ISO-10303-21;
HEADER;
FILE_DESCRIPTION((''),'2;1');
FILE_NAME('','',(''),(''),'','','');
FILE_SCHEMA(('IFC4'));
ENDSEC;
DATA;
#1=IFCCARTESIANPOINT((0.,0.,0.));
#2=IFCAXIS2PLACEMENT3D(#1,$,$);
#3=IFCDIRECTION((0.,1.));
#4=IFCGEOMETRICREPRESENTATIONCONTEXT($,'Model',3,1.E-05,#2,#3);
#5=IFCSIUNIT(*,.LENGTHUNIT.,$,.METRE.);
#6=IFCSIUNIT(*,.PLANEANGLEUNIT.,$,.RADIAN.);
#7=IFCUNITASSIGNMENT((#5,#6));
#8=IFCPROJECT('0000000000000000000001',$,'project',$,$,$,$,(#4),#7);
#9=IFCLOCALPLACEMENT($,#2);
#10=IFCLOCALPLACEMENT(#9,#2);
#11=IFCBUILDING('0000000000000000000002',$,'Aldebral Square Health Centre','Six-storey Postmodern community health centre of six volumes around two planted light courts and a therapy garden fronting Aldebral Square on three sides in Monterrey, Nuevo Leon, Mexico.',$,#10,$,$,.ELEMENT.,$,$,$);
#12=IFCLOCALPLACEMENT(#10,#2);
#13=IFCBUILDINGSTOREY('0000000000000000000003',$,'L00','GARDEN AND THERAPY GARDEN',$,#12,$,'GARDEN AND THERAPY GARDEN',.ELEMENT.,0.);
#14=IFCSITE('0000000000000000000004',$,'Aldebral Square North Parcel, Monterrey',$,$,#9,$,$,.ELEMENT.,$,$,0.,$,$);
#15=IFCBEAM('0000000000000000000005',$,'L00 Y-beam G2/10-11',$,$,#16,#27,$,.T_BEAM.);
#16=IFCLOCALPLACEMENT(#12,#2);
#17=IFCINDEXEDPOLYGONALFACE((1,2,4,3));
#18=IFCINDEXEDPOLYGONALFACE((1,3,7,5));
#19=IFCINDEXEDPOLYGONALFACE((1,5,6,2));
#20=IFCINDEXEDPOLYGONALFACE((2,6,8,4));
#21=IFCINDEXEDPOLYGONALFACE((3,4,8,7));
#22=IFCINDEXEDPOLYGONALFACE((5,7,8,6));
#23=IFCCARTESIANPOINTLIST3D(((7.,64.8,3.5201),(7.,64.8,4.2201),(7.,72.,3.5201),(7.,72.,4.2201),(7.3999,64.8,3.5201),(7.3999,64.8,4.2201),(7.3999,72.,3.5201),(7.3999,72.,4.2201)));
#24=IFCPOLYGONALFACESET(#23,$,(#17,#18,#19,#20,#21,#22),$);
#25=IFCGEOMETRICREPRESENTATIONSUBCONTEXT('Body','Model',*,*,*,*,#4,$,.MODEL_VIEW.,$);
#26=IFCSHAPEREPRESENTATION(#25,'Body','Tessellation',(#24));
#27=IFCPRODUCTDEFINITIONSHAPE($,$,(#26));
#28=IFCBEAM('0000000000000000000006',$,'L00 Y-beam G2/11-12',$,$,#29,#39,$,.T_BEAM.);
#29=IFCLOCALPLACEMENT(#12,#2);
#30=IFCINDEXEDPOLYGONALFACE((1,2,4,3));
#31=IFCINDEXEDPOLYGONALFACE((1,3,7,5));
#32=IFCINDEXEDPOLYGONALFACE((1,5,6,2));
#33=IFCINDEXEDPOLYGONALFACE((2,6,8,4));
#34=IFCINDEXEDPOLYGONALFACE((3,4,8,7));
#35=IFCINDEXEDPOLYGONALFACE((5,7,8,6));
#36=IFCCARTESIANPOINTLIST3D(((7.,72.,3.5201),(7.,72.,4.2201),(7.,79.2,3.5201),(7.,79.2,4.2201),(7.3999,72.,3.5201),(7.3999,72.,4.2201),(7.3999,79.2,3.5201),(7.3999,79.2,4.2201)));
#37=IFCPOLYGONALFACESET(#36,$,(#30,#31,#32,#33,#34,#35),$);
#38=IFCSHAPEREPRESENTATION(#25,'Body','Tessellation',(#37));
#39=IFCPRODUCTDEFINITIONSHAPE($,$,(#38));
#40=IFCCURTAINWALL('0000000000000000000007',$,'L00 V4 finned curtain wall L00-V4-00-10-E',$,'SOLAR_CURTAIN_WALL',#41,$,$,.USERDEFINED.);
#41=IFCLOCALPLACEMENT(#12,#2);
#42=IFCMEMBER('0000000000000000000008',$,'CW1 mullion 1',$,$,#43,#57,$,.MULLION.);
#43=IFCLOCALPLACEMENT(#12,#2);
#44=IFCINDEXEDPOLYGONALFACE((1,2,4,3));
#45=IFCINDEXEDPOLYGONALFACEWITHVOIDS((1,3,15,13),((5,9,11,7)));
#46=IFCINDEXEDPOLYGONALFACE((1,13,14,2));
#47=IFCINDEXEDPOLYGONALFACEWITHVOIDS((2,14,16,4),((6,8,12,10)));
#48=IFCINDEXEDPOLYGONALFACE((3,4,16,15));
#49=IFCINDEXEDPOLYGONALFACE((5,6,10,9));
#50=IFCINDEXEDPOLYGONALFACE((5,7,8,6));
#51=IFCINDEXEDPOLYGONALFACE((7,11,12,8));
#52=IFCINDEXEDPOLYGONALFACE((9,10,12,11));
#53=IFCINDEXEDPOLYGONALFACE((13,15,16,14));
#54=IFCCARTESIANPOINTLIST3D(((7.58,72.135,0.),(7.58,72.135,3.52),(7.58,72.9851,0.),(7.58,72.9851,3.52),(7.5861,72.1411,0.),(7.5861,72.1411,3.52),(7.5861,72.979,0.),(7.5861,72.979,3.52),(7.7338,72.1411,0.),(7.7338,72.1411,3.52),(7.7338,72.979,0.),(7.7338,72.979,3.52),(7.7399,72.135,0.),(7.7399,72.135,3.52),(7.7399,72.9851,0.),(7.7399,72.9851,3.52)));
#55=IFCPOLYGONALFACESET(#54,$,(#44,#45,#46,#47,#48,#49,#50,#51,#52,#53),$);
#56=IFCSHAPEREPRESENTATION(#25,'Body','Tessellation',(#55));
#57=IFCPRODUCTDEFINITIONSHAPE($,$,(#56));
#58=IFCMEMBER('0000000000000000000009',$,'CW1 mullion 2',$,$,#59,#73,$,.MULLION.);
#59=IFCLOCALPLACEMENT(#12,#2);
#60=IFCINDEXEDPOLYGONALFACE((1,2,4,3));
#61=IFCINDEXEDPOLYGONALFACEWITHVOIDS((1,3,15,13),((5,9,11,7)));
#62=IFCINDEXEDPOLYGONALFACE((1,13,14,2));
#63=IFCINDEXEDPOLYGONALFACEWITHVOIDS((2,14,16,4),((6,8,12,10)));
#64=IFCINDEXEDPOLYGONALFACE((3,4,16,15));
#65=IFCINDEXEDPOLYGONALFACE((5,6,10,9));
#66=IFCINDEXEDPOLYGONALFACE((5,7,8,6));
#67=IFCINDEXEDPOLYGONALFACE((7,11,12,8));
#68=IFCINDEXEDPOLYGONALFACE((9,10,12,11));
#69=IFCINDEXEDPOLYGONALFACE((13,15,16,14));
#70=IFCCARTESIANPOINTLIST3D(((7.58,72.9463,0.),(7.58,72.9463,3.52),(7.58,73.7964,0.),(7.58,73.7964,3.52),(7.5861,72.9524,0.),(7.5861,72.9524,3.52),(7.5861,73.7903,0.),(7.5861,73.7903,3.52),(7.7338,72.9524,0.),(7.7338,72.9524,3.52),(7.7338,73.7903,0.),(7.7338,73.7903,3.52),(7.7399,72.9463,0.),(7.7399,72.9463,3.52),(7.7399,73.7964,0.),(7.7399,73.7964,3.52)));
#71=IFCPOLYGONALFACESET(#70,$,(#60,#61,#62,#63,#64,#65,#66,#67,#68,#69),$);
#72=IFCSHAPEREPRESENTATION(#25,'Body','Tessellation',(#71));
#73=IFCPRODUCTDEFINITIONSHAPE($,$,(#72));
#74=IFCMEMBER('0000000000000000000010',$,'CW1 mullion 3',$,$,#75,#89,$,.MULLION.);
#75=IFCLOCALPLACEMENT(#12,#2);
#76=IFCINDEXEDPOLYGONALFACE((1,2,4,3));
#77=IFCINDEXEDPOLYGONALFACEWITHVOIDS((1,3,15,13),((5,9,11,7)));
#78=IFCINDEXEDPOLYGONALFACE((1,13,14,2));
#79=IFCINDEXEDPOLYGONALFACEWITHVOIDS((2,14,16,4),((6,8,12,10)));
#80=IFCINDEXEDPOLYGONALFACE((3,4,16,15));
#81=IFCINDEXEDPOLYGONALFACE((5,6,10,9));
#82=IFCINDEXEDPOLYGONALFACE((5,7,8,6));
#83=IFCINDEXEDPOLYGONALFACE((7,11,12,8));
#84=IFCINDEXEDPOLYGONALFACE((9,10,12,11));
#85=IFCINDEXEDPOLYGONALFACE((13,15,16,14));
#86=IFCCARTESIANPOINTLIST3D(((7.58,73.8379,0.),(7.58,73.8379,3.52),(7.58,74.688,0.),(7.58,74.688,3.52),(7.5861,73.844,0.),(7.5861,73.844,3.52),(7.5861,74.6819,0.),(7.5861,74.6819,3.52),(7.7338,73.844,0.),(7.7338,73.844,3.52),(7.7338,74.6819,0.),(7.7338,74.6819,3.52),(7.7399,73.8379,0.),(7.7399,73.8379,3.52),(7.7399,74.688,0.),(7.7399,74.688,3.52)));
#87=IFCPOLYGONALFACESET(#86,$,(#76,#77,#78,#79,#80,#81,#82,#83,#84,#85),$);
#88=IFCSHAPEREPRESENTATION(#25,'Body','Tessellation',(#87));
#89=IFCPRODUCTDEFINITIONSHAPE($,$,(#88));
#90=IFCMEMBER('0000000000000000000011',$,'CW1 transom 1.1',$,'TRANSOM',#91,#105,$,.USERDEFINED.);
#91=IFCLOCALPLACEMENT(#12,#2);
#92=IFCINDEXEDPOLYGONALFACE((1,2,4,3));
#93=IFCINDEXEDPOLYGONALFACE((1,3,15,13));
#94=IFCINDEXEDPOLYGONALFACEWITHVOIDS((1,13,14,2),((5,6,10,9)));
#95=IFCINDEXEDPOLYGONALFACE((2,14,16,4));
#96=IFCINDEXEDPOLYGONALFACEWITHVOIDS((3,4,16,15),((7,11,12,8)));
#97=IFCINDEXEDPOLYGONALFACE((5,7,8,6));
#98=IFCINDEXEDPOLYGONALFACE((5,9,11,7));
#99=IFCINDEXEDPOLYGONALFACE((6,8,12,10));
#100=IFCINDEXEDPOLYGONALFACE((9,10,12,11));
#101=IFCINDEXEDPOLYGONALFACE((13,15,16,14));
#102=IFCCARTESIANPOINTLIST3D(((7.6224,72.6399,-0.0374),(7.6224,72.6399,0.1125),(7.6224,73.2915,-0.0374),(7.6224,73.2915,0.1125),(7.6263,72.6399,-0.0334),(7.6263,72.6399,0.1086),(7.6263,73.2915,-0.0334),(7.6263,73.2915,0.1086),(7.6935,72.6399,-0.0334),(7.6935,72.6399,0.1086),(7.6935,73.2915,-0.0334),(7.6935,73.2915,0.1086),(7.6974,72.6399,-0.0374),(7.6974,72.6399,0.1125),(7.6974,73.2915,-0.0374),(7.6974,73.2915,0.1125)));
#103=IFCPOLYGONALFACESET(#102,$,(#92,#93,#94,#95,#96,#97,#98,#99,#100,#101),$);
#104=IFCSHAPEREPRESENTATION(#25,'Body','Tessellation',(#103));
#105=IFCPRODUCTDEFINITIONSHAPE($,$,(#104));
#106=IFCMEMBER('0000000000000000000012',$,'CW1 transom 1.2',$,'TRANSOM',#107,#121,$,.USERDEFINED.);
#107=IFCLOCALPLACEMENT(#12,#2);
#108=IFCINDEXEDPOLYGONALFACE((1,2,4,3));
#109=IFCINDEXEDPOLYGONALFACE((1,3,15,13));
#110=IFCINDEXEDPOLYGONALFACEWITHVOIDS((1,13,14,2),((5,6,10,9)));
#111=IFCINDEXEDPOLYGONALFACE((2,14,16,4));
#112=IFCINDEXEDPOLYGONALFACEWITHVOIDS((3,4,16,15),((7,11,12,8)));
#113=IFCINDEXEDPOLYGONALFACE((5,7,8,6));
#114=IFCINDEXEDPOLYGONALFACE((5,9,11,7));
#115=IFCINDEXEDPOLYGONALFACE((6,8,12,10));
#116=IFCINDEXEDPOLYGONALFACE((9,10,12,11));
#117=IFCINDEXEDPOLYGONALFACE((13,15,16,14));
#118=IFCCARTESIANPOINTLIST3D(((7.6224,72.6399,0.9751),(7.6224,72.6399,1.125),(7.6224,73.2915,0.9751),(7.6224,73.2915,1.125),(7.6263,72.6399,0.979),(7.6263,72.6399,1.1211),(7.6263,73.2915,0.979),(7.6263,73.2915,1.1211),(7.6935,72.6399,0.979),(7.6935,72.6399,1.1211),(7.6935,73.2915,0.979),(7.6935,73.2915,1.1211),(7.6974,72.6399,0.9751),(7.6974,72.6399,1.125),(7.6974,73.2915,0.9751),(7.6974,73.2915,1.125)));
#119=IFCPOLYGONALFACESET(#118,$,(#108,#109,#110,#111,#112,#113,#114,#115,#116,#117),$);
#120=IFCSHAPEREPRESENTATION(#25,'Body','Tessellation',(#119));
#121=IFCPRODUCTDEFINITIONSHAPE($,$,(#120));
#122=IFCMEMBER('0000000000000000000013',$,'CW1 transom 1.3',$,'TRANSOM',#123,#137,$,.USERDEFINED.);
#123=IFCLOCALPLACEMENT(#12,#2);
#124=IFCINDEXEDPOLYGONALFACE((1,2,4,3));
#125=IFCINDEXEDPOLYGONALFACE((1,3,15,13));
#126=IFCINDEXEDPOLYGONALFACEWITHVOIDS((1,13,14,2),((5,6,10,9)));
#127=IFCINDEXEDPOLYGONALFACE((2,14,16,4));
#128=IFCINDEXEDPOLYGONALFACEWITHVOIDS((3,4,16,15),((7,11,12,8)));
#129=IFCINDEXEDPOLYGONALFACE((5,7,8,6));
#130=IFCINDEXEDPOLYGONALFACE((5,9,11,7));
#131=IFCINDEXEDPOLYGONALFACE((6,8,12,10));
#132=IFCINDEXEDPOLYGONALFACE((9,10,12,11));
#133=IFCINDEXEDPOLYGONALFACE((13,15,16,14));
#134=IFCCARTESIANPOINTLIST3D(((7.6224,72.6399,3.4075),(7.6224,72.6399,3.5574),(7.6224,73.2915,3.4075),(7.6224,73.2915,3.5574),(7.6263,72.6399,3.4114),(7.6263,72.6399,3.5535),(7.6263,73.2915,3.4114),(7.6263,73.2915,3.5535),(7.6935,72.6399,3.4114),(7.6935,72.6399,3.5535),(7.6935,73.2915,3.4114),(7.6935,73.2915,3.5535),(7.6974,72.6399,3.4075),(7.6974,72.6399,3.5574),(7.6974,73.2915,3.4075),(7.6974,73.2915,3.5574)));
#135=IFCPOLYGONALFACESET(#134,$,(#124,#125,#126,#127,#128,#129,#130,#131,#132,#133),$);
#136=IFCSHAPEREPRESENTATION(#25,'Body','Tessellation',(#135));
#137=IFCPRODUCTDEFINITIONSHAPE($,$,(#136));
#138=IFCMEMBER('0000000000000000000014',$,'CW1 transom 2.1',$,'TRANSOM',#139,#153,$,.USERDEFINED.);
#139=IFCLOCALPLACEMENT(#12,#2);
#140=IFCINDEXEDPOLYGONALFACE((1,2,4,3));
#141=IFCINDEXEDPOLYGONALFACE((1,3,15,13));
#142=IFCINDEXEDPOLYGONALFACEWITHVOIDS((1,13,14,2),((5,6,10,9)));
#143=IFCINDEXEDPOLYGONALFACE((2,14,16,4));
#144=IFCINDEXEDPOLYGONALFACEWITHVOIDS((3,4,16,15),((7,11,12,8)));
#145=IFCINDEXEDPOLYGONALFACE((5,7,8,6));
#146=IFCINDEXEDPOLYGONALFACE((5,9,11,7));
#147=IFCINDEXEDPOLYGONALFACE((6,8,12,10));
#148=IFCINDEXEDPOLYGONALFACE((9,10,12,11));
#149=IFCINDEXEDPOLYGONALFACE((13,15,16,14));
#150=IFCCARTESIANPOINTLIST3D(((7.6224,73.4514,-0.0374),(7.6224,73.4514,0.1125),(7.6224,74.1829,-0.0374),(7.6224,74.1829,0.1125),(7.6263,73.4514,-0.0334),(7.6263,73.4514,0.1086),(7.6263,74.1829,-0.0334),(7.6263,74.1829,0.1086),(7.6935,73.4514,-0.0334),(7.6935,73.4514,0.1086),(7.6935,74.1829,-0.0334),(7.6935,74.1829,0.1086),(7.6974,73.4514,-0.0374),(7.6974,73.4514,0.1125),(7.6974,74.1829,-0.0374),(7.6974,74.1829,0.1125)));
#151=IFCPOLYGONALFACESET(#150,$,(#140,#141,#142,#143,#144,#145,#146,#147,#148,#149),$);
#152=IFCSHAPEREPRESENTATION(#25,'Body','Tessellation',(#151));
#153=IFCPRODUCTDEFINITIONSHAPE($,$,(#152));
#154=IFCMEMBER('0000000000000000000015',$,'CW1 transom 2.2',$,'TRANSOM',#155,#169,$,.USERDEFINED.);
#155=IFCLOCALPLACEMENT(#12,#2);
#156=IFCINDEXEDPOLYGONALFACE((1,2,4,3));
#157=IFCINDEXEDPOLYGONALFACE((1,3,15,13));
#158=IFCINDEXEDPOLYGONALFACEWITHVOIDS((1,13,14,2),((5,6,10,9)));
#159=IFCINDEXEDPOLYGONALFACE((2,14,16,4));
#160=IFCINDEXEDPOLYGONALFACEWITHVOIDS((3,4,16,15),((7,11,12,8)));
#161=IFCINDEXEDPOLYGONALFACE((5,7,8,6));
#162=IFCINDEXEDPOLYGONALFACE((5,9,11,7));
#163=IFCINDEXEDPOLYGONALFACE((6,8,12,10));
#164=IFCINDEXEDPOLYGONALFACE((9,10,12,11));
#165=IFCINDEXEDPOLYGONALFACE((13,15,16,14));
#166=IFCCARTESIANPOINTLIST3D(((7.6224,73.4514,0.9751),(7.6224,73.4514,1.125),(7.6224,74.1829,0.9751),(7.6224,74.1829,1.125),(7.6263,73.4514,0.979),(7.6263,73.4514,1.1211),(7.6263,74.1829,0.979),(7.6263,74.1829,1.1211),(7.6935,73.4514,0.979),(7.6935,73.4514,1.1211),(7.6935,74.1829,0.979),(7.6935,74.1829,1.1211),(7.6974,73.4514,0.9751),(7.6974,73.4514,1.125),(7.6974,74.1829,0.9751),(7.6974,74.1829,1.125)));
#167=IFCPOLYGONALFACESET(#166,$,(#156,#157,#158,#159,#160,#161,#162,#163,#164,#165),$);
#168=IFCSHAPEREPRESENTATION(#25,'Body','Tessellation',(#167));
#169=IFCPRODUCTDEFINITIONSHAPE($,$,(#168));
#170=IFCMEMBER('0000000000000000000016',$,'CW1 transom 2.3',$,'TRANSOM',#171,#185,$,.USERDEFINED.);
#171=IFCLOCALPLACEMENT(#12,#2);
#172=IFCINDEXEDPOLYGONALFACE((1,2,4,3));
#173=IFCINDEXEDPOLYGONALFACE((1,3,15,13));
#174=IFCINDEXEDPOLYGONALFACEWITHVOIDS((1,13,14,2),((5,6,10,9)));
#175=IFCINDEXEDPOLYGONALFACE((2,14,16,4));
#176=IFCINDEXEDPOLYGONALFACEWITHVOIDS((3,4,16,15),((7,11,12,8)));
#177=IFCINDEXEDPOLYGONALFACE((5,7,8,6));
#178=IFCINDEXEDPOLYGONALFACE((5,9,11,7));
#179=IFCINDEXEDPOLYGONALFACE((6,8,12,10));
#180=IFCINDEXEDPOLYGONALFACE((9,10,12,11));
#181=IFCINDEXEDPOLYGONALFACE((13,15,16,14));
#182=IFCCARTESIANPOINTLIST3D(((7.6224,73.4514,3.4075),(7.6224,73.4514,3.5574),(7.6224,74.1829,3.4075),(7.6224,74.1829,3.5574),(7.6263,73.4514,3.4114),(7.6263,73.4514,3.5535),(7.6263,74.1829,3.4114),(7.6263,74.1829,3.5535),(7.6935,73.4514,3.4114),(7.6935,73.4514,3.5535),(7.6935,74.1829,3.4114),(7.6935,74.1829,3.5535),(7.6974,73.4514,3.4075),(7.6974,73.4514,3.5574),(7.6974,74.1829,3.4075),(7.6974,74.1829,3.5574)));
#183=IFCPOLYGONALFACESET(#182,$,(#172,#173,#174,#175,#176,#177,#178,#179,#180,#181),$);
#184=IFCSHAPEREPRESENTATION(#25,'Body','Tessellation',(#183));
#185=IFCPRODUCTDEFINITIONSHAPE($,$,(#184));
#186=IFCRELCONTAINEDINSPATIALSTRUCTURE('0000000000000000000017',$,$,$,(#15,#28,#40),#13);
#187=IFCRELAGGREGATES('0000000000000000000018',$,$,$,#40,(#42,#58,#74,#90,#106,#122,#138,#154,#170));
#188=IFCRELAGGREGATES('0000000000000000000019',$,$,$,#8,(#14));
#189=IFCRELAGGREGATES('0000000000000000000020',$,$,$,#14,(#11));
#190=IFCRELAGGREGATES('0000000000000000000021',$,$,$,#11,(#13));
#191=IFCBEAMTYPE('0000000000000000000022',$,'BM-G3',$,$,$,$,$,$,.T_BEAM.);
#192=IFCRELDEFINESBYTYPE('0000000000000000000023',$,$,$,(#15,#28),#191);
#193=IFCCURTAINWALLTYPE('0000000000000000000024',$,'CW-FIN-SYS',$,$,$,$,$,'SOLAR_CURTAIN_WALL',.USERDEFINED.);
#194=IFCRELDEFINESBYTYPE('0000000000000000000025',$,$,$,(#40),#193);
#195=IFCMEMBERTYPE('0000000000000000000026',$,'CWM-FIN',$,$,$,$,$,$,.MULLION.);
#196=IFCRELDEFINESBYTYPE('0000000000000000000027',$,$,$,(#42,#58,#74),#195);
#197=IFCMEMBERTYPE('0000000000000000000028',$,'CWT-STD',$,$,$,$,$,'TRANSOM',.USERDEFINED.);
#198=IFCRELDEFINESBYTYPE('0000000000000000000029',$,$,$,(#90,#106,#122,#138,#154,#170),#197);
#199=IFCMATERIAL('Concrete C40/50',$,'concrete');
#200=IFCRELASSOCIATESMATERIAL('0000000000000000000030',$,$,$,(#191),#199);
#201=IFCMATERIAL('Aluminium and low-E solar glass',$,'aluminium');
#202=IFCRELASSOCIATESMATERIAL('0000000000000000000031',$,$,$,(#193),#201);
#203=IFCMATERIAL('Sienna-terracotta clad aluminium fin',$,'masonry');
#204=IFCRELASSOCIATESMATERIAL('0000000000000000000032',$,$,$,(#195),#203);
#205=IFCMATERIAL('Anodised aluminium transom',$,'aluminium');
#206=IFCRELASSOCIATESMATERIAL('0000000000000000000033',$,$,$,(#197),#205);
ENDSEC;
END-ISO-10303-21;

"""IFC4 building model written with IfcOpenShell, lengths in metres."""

from ifc_helpers import new_model, si_unit, direction, frame, origin, origin_2d, place, context, subcontext, project, spatial, rectangle, hollow_rectangle, extrude, material, material_profile, profile_set, type_object, element, aggregate, save


model = new_model("IFC4")

# Units and contexts
model_context = context("Model", 3, precision=1e-05, world=origin(), true_north=direction((0.0, 1.0)))
body_context = subcontext(model_context, "Body", "Model", "MODEL_VIEW")
ifc_project = project(units=[si_unit("LENGTHUNIT", "METRE"), si_unit("PLANEANGLEUNIT", "RADIAN")], contexts=[model_context])

# Site, building, storey
site_placement = place(None, origin())
site = spatial("IfcSite", under=ifc_project, at=site_placement, Name="Aldebral Square North Parcel, Monterrey", CompositionType="ELEMENT", RefElevation=0.0)
building_placement = place(site_placement, origin())
building = spatial("IfcBuilding", under=site, at=building_placement, Name="Aldebral Square Health Centre", Description="Six-storey Postmodern community health centre of six volumes around two planted light courts and a therapy garden fronting Aldebral Square on three sides in Monterrey, Nuevo Leon, Mexico.", CompositionType="ELEMENT")
storey_placement = place(building_placement, origin())
storey = spatial("IfcBuildingStorey", under=building, at=storey_placement, Name="L00", Description="GARDEN AND THERAPY GARDEN", LongName="GARDEN AND THERAPY GARDEN", CompositionType="ELEMENT", Elevation=0.0)

# Shared definitions
ifc_material_1 = material(Name="Concrete C40/50", Category="concrete")

# Beams
ifc_material_profile_1 = material_profile(ifc_material_1, rectangle(XDim=0.3999, YDim=0.7, at=origin_2d()), Name="RC 400x700")
ifc_profile_set_1 = profile_set([ifc_material_profile_1], Name="Concrete C40/50")
beam_type_1 = type_object("IfcBeamType", Name="BM-G3", PredefinedType="T_BEAM", material=ifc_profile_set_1)
for number, where, z_axis, x_axis, name in (
    (1, (7.2, 64.8, 3.8701), (0.0, 1.0, 0.0), (-1.0, 0.0, 0.0), "L00 Y-beam G2/10-11"),
    (2, (7.2, 72.0, 3.8701), (0.0, 1.0, 0.0), (-1.0, 0.0, 0.0), "L00 Y-beam G2/11-12"),
):
    element("IfcBeam", number, at=place(storey_placement, frame(where, z_axis=z_axis, x_axis=x_axis)), inside=storey, type_object=beam_type_1, Name=name, PredefinedType="T_BEAM", context=body_context, shape_type="SweptSolid", body=[
        extrude(rectangle(XDim=0.3999, YDim=0.7, at=origin_2d()), origin(), (0.0, 0.0, 1.0), 7.2),
    ])

# Curtain wall, members
ifc_material_2 = material(Name="Aluminium and low-E solar glass", Category="aluminium")
curtain_wall_type = type_object("IfcCurtainWallType", Name="CW-FIN-SYS", ElementType="SOLAR_CURTAIN_WALL", PredefinedType="USERDEFINED", material=ifc_material_2)
curtain_wall_placement = place(storey_placement, origin())
curtain_wall = element("IfcCurtainWall", 3, at=curtain_wall_placement, inside=storey, type_object=curtain_wall_type, Name="L00 V4 finned curtain wall L00-V4-00-10-E", ObjectType="SOLAR_CURTAIN_WALL", PredefinedType="USERDEFINED")
ifc_material_3 = material(Name="Sienna-terracotta clad aluminium fin", Category="masonry")
ifc_material_profile_2 = material_profile(ifc_material_3, hollow_rectangle(XDim=0.1599, YDim=0.8501, WallThickness=0.0061, at=origin_2d()), Name="FIN 160x850x6")
ifc_profile_set_2 = profile_set([ifc_material_profile_2], Name="Sienna-terracotta clad aluminium fin")
member_type_1 = type_object("IfcMemberType", Name="CWM-FIN", PredefinedType="MULLION", material=ifc_profile_set_2)
member_1_placement = place(storey_placement, frame((7.6599, 72.5601, 0.0), z_axis=(0.0, 0.0, 1.0), x_axis=(-1.0, 0.0, 0.0)))
member_1 = element("IfcMember", 4, at=member_1_placement, type_object=member_type_1, Name="CW1 mullion 1", PredefinedType="MULLION", context=body_context, shape_type="SweptSolid", body=[
    extrude(hollow_rectangle(XDim=0.1599, YDim=0.8501, WallThickness=0.0061, at=origin_2d()), origin(), (0.0, 0.0, 1.0), 3.52),
])
member_2_placement = place(storey_placement, frame((7.6599, 73.3713, 0.0), z_axis=(0.0, 0.0, 1.0), x_axis=(-1.0, 0.0, 0.0)))
member_2 = element("IfcMember", 5, at=member_2_placement, type_object=member_type_1, Name="CW1 mullion 2", PredefinedType="MULLION", context=body_context, shape_type="SweptSolid", body=[
    extrude(hollow_rectangle(XDim=0.1599, YDim=0.8501, WallThickness=0.0061, at=origin_2d()), origin(), (0.0, 0.0, 1.0), 3.52),
])
member_3_placement = place(storey_placement, frame((7.6599, 74.2629, 0.0), z_axis=(0.0, 0.0, 1.0), x_axis=(-1.0, 0.0, 0.0)))
member_3 = element("IfcMember", 6, at=member_3_placement, type_object=member_type_1, Name="CW1 mullion 3", PredefinedType="MULLION", context=body_context, shape_type="SweptSolid", body=[
    extrude(hollow_rectangle(XDim=0.1599, YDim=0.8501, WallThickness=0.0061, at=origin_2d()), origin(), (0.0, 0.0, 1.0), 3.52),
])
ifc_material_4 = material(Name="Anodised aluminium transom", Category="aluminium")
ifc_material_profile_3 = material_profile(ifc_material_4, hollow_rectangle(XDim=0.075, YDim=0.1499, WallThickness=0.0039, at=origin_2d()), Name="CWT 75x150x4")
ifc_profile_set_3 = profile_set([ifc_material_profile_3], Name="Anodised aluminium transom")
member_type_2 = type_object("IfcMemberType", Name="CWT-STD", ElementType="TRANSOM", PredefinedType="USERDEFINED", material=ifc_profile_set_3)
member_4_placement = place(storey_placement, frame((7.6599, 72.6399, 0.0376), z_axis=(0.0, 1.0, 0.0), x_axis=(-1.0, 0.0, 0.0)))
member_4 = element("IfcMember", 7, at=member_4_placement, type_object=member_type_2, Name="CW1 transom 1.1", ObjectType="TRANSOM", PredefinedType="USERDEFINED", context=body_context, shape_type="SweptSolid", body=[
    extrude(hollow_rectangle(XDim=0.075, YDim=0.1499, WallThickness=0.0039, at=origin_2d()), origin(), (0.0, 0.0, 1.0), 0.6516),
])
member_5_placement = place(storey_placement, frame((7.6599, 72.6399, 1.05), z_axis=(0.0, 1.0, 0.0), x_axis=(-1.0, 0.0, 0.0)))
member_5 = element("IfcMember", 8, at=member_5_placement, type_object=member_type_2, Name="CW1 transom 1.2", ObjectType="TRANSOM", PredefinedType="USERDEFINED", context=body_context, shape_type="SweptSolid", body=[
    extrude(hollow_rectangle(XDim=0.075, YDim=0.1499, WallThickness=0.0039, at=origin_2d()), origin(), (0.0, 0.0, 1.0), 0.6516),
])
member_6_placement = place(storey_placement, frame((7.6599, 72.6399, 3.4824), z_axis=(0.0, 1.0, 0.0), x_axis=(-1.0, 0.0, 0.0)))
member_6 = element("IfcMember", 9, at=member_6_placement, type_object=member_type_2, Name="CW1 transom 1.3", ObjectType="TRANSOM", PredefinedType="USERDEFINED", context=body_context, shape_type="SweptSolid", body=[
    extrude(hollow_rectangle(XDim=0.075, YDim=0.1499, WallThickness=0.0039, at=origin_2d()), origin(), (0.0, 0.0, 1.0), 0.6516),
])
member_7_placement = place(storey_placement, frame((7.6599, 73.4514, 0.0376), z_axis=(0.0, 1.0, 0.0), x_axis=(-1.0, 0.0, 0.0)))
member_7 = element("IfcMember", 10, at=member_7_placement, type_object=member_type_2, Name="CW1 transom 2.1", ObjectType="TRANSOM", PredefinedType="USERDEFINED", context=body_context, shape_type="SweptSolid", body=[
    extrude(hollow_rectangle(XDim=0.075, YDim=0.1499, WallThickness=0.0039, at=origin_2d()), origin(), (0.0, 0.0, 1.0), 0.7314),
])
member_8_placement = place(storey_placement, frame((7.6599, 73.4514, 1.05), z_axis=(0.0, 1.0, 0.0), x_axis=(-1.0, 0.0, 0.0)))
member_8 = element("IfcMember", 11, at=member_8_placement, type_object=member_type_2, Name="CW1 transom 2.2", ObjectType="TRANSOM", PredefinedType="USERDEFINED", context=body_context, shape_type="SweptSolid", body=[
    extrude(hollow_rectangle(XDim=0.075, YDim=0.1499, WallThickness=0.0039, at=origin_2d()), origin(), (0.0, 0.0, 1.0), 0.7314),
])
member_9_placement = place(storey_placement, frame((7.6599, 73.4514, 3.4824), z_axis=(0.0, 1.0, 0.0), x_axis=(-1.0, 0.0, 0.0)))
member_9 = element("IfcMember", 12, at=member_9_placement, type_object=member_type_2, Name="CW1 transom 2.3", ObjectType="TRANSOM", PredefinedType="USERDEFINED", context=body_context, shape_type="SweptSolid", body=[
    extrude(hollow_rectangle(XDim=0.075, YDim=0.1499, WallThickness=0.0039, at=origin_2d()), origin(), (0.0, 0.0, 1.0), 0.7314),
])
aggregate(curtain_wall, [member_1, member_2, member_3, member_4, member_5, member_6, member_7, member_8, member_9])

save(model, "model.ifc")
